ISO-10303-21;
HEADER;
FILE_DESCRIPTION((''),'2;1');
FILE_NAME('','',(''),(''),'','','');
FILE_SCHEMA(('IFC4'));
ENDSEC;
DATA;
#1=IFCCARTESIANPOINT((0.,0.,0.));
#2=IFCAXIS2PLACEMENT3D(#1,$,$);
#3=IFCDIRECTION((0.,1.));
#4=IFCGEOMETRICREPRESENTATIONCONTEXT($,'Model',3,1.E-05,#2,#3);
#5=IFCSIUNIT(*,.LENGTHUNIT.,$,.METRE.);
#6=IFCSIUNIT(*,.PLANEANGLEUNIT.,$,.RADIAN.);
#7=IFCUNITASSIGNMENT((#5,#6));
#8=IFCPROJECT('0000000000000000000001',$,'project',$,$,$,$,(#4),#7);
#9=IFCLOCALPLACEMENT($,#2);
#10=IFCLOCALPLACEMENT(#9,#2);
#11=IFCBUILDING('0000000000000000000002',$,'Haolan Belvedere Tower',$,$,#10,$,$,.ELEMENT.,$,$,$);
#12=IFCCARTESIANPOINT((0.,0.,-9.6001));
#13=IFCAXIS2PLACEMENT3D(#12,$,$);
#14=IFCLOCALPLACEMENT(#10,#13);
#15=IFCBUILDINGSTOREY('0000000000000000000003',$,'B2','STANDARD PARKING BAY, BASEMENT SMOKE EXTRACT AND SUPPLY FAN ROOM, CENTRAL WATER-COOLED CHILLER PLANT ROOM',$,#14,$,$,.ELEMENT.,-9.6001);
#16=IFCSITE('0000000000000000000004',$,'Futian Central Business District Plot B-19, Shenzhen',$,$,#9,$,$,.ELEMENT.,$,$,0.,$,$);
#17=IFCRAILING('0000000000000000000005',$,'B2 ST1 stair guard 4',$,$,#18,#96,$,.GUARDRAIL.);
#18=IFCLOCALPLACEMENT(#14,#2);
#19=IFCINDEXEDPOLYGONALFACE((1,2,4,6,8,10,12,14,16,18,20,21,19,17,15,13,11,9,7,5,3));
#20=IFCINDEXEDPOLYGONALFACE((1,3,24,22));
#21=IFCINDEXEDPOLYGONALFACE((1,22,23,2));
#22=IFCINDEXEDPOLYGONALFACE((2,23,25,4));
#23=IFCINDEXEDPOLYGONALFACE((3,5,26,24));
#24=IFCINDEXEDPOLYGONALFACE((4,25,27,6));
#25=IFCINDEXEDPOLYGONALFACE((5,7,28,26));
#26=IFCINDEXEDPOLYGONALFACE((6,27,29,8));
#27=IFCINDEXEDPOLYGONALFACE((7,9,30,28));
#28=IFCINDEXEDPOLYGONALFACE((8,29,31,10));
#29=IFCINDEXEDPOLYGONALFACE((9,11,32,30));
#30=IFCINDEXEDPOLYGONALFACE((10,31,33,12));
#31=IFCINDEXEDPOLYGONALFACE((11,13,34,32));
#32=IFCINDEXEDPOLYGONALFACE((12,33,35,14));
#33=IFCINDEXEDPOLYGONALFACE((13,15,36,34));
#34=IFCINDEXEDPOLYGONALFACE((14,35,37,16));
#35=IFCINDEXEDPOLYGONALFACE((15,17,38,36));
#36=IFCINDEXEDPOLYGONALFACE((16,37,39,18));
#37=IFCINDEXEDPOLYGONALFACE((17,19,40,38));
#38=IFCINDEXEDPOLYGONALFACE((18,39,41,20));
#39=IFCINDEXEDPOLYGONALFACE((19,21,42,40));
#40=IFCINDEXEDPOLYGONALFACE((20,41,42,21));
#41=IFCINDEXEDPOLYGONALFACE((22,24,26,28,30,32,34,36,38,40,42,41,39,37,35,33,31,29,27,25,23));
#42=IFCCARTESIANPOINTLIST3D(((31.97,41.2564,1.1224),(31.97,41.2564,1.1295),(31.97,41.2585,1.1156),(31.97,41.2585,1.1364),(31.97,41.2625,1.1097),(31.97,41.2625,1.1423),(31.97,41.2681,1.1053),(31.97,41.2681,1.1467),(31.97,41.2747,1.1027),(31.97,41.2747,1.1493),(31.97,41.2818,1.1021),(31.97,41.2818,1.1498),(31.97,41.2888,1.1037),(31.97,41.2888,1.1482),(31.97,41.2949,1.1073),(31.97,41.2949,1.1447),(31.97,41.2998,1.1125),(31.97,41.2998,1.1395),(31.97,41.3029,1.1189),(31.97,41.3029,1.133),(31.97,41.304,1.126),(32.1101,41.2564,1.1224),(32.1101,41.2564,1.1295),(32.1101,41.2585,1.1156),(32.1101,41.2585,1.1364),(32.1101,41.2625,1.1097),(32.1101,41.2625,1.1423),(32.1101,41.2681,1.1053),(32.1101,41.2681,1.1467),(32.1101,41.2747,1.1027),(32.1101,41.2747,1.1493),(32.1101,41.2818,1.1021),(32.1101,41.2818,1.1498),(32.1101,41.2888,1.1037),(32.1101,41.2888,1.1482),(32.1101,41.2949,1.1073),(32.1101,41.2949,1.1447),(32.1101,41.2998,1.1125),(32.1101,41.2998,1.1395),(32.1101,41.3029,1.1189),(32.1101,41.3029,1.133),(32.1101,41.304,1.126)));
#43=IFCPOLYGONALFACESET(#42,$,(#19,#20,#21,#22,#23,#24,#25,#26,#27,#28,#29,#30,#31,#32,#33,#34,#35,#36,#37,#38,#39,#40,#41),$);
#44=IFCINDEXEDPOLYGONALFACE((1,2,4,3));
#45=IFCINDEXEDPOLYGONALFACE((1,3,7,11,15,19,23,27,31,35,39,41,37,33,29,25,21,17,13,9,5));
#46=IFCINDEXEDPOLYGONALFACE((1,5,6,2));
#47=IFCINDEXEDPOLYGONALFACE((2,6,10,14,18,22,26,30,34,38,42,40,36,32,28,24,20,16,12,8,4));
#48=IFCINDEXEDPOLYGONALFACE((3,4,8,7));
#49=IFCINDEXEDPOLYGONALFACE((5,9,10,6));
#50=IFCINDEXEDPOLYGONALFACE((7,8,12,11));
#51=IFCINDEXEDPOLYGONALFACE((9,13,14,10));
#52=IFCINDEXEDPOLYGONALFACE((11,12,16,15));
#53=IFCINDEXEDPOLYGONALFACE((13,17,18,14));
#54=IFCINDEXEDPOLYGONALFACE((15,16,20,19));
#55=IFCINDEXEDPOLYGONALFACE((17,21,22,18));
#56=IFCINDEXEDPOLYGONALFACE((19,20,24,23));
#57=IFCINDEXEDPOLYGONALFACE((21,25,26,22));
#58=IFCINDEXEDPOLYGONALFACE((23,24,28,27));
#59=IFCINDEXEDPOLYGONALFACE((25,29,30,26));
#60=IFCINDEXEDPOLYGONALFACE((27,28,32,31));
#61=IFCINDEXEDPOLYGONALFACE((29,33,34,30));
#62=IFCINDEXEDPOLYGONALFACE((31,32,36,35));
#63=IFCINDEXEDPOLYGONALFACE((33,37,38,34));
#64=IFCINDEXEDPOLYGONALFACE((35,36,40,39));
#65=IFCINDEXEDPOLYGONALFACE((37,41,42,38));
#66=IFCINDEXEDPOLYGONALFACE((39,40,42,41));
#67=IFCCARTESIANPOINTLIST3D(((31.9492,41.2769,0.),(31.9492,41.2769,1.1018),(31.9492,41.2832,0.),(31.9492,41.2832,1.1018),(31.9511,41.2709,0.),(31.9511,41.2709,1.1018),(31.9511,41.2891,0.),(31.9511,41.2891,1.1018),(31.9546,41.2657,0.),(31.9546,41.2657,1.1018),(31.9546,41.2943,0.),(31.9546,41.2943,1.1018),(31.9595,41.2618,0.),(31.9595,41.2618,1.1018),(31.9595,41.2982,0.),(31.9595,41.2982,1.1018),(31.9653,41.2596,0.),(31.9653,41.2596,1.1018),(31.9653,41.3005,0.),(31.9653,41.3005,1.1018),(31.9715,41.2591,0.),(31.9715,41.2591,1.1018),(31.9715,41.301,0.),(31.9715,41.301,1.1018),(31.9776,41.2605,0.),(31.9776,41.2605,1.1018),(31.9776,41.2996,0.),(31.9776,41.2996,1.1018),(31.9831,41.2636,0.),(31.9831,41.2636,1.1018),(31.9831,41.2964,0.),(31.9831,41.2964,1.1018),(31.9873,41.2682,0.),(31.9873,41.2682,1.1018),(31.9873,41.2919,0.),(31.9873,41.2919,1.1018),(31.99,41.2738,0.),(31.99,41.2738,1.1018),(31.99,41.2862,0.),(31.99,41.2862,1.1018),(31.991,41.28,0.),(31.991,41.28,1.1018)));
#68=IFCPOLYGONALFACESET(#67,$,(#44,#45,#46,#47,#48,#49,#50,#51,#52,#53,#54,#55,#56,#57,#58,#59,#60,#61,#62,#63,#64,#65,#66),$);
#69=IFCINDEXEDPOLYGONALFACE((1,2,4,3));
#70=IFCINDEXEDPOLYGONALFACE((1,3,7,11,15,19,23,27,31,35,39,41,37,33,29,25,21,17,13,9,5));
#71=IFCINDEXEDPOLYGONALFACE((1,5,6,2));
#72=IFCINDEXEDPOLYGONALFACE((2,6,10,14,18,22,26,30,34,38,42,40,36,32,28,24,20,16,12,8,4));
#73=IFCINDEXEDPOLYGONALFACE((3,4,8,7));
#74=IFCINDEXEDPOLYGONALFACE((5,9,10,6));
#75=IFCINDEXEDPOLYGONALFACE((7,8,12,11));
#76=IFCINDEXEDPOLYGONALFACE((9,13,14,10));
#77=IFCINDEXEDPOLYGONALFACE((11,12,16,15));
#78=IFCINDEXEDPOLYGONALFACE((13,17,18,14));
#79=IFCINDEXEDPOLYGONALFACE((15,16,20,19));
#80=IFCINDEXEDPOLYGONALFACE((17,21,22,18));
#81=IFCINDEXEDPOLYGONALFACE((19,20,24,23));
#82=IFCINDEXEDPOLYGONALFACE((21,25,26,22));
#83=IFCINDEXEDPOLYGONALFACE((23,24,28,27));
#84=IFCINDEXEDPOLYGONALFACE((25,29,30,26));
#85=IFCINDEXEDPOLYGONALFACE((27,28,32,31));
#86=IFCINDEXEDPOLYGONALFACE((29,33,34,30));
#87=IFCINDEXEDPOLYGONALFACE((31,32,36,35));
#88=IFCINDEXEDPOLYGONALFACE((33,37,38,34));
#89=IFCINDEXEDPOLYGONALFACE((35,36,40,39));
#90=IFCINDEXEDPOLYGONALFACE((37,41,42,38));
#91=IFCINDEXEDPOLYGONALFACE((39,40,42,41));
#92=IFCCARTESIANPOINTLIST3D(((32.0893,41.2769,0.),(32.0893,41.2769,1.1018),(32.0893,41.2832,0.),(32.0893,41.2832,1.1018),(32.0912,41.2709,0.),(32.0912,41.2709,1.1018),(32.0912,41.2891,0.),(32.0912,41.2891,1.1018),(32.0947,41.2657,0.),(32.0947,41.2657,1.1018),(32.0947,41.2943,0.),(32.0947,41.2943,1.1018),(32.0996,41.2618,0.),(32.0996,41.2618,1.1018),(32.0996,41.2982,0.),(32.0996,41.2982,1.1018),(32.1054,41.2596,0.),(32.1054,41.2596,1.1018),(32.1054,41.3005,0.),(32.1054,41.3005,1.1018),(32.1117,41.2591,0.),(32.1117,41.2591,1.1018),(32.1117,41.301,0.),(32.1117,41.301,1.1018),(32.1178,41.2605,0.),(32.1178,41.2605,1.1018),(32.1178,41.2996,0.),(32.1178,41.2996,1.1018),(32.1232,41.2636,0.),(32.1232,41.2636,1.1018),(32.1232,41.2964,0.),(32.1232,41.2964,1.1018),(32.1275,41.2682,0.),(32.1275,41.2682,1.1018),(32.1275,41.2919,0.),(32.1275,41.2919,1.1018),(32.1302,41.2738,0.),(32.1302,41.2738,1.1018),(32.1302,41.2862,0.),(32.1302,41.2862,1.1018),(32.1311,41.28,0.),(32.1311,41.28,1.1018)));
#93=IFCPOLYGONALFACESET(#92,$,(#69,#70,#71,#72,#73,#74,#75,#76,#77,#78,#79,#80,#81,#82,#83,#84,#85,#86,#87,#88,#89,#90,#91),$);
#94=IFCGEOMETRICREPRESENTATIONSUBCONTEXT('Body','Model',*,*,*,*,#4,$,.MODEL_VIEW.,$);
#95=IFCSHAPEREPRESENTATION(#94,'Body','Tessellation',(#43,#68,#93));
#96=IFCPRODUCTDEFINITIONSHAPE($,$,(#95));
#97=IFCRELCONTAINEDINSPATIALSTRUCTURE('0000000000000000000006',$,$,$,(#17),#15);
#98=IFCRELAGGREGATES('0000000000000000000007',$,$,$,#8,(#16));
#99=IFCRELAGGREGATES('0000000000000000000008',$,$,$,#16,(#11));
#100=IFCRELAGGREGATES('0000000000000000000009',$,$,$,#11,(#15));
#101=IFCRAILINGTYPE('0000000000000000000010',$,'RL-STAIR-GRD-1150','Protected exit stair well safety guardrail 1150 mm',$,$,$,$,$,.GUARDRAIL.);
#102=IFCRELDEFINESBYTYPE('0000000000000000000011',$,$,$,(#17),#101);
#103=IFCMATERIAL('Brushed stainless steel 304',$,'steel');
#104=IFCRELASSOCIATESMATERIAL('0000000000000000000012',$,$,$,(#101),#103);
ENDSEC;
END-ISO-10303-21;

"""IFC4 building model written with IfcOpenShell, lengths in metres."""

from ifc_helpers import new_model, si_unit, direction, frame, origin, origin_2d, place, context, subcontext, project, spatial, circle, extrude, material, type_object, element, save


model = new_model("IFC4")

# Units and contexts
model_context = context("Model", 3, precision=1e-05, world=origin(), true_north=direction((0.0, 1.0)))
body_context = subcontext(model_context, "Body", "Model", "MODEL_VIEW")
ifc_project = project(units=[si_unit("LENGTHUNIT", "METRE"), si_unit("PLANEANGLEUNIT", "RADIAN")], contexts=[model_context])

# Site, building, storey
site_placement = place(None, origin())
site = spatial("IfcSite", under=ifc_project, at=site_placement, Name="Futian Central Business District Plot B-19, Shenzhen", CompositionType="ELEMENT", RefElevation=0.0)
building_placement = place(site_placement, origin())
building = spatial("IfcBuilding", under=site, at=building_placement, Name="Haolan Belvedere Tower", CompositionType="ELEMENT")
storey_placement = place(building_placement, frame((0.0, 0.0, -9.6001)))
storey = spatial("IfcBuildingStorey", under=building, at=storey_placement, Name="B2", Description="STANDARD PARKING BAY, BASEMENT SMOKE EXTRACT AND SUPPLY FAN ROOM, CENTRAL WATER-COOLED CHILLER PLANT ROOM", CompositionType="ELEMENT", Elevation=-9.6001)

# Railing
ifc_material_1 = material(Name="Brushed stainless steel 304", Category="steel")
railing_type_1 = type_object("IfcRailingType", Name="RL-STAIR-GRD-1150", Description="Protected exit stair well safety guardrail 1150 mm", PredefinedType="GUARDRAIL", material=ifc_material_1)
railing_1_placement = place(storey_placement, frame((31.97, 41.28, 0.0)))
element("IfcRailing", 1, at=railing_1_placement, inside=storey, type_object=railing_type_1, Name="B2 ST1 stair guard 4", PredefinedType="GUARDRAIL", context=body_context, shape_type="SweptSolid", body=[
    extrude(circle(Radius=0.0239, at=origin_2d()), frame((0.0, 0.0, 1.126), z_axis=(1.0, 0.0, 0.0), x_axis=(0.0, 1.0, 0.0)), (0.0, 0.0, 1.0), 0.1401),
    extrude(circle(Radius=0.021, at=origin_2d()), origin(), (0.0, 0.0, 1.0), 1.1018),
    extrude(circle(Radius=0.021, at=origin_2d()), frame((0.1401, 0.0, 0.0)), (0.0, 0.0, 1.0), 1.1018),
])

save(model, "model.ifc")
